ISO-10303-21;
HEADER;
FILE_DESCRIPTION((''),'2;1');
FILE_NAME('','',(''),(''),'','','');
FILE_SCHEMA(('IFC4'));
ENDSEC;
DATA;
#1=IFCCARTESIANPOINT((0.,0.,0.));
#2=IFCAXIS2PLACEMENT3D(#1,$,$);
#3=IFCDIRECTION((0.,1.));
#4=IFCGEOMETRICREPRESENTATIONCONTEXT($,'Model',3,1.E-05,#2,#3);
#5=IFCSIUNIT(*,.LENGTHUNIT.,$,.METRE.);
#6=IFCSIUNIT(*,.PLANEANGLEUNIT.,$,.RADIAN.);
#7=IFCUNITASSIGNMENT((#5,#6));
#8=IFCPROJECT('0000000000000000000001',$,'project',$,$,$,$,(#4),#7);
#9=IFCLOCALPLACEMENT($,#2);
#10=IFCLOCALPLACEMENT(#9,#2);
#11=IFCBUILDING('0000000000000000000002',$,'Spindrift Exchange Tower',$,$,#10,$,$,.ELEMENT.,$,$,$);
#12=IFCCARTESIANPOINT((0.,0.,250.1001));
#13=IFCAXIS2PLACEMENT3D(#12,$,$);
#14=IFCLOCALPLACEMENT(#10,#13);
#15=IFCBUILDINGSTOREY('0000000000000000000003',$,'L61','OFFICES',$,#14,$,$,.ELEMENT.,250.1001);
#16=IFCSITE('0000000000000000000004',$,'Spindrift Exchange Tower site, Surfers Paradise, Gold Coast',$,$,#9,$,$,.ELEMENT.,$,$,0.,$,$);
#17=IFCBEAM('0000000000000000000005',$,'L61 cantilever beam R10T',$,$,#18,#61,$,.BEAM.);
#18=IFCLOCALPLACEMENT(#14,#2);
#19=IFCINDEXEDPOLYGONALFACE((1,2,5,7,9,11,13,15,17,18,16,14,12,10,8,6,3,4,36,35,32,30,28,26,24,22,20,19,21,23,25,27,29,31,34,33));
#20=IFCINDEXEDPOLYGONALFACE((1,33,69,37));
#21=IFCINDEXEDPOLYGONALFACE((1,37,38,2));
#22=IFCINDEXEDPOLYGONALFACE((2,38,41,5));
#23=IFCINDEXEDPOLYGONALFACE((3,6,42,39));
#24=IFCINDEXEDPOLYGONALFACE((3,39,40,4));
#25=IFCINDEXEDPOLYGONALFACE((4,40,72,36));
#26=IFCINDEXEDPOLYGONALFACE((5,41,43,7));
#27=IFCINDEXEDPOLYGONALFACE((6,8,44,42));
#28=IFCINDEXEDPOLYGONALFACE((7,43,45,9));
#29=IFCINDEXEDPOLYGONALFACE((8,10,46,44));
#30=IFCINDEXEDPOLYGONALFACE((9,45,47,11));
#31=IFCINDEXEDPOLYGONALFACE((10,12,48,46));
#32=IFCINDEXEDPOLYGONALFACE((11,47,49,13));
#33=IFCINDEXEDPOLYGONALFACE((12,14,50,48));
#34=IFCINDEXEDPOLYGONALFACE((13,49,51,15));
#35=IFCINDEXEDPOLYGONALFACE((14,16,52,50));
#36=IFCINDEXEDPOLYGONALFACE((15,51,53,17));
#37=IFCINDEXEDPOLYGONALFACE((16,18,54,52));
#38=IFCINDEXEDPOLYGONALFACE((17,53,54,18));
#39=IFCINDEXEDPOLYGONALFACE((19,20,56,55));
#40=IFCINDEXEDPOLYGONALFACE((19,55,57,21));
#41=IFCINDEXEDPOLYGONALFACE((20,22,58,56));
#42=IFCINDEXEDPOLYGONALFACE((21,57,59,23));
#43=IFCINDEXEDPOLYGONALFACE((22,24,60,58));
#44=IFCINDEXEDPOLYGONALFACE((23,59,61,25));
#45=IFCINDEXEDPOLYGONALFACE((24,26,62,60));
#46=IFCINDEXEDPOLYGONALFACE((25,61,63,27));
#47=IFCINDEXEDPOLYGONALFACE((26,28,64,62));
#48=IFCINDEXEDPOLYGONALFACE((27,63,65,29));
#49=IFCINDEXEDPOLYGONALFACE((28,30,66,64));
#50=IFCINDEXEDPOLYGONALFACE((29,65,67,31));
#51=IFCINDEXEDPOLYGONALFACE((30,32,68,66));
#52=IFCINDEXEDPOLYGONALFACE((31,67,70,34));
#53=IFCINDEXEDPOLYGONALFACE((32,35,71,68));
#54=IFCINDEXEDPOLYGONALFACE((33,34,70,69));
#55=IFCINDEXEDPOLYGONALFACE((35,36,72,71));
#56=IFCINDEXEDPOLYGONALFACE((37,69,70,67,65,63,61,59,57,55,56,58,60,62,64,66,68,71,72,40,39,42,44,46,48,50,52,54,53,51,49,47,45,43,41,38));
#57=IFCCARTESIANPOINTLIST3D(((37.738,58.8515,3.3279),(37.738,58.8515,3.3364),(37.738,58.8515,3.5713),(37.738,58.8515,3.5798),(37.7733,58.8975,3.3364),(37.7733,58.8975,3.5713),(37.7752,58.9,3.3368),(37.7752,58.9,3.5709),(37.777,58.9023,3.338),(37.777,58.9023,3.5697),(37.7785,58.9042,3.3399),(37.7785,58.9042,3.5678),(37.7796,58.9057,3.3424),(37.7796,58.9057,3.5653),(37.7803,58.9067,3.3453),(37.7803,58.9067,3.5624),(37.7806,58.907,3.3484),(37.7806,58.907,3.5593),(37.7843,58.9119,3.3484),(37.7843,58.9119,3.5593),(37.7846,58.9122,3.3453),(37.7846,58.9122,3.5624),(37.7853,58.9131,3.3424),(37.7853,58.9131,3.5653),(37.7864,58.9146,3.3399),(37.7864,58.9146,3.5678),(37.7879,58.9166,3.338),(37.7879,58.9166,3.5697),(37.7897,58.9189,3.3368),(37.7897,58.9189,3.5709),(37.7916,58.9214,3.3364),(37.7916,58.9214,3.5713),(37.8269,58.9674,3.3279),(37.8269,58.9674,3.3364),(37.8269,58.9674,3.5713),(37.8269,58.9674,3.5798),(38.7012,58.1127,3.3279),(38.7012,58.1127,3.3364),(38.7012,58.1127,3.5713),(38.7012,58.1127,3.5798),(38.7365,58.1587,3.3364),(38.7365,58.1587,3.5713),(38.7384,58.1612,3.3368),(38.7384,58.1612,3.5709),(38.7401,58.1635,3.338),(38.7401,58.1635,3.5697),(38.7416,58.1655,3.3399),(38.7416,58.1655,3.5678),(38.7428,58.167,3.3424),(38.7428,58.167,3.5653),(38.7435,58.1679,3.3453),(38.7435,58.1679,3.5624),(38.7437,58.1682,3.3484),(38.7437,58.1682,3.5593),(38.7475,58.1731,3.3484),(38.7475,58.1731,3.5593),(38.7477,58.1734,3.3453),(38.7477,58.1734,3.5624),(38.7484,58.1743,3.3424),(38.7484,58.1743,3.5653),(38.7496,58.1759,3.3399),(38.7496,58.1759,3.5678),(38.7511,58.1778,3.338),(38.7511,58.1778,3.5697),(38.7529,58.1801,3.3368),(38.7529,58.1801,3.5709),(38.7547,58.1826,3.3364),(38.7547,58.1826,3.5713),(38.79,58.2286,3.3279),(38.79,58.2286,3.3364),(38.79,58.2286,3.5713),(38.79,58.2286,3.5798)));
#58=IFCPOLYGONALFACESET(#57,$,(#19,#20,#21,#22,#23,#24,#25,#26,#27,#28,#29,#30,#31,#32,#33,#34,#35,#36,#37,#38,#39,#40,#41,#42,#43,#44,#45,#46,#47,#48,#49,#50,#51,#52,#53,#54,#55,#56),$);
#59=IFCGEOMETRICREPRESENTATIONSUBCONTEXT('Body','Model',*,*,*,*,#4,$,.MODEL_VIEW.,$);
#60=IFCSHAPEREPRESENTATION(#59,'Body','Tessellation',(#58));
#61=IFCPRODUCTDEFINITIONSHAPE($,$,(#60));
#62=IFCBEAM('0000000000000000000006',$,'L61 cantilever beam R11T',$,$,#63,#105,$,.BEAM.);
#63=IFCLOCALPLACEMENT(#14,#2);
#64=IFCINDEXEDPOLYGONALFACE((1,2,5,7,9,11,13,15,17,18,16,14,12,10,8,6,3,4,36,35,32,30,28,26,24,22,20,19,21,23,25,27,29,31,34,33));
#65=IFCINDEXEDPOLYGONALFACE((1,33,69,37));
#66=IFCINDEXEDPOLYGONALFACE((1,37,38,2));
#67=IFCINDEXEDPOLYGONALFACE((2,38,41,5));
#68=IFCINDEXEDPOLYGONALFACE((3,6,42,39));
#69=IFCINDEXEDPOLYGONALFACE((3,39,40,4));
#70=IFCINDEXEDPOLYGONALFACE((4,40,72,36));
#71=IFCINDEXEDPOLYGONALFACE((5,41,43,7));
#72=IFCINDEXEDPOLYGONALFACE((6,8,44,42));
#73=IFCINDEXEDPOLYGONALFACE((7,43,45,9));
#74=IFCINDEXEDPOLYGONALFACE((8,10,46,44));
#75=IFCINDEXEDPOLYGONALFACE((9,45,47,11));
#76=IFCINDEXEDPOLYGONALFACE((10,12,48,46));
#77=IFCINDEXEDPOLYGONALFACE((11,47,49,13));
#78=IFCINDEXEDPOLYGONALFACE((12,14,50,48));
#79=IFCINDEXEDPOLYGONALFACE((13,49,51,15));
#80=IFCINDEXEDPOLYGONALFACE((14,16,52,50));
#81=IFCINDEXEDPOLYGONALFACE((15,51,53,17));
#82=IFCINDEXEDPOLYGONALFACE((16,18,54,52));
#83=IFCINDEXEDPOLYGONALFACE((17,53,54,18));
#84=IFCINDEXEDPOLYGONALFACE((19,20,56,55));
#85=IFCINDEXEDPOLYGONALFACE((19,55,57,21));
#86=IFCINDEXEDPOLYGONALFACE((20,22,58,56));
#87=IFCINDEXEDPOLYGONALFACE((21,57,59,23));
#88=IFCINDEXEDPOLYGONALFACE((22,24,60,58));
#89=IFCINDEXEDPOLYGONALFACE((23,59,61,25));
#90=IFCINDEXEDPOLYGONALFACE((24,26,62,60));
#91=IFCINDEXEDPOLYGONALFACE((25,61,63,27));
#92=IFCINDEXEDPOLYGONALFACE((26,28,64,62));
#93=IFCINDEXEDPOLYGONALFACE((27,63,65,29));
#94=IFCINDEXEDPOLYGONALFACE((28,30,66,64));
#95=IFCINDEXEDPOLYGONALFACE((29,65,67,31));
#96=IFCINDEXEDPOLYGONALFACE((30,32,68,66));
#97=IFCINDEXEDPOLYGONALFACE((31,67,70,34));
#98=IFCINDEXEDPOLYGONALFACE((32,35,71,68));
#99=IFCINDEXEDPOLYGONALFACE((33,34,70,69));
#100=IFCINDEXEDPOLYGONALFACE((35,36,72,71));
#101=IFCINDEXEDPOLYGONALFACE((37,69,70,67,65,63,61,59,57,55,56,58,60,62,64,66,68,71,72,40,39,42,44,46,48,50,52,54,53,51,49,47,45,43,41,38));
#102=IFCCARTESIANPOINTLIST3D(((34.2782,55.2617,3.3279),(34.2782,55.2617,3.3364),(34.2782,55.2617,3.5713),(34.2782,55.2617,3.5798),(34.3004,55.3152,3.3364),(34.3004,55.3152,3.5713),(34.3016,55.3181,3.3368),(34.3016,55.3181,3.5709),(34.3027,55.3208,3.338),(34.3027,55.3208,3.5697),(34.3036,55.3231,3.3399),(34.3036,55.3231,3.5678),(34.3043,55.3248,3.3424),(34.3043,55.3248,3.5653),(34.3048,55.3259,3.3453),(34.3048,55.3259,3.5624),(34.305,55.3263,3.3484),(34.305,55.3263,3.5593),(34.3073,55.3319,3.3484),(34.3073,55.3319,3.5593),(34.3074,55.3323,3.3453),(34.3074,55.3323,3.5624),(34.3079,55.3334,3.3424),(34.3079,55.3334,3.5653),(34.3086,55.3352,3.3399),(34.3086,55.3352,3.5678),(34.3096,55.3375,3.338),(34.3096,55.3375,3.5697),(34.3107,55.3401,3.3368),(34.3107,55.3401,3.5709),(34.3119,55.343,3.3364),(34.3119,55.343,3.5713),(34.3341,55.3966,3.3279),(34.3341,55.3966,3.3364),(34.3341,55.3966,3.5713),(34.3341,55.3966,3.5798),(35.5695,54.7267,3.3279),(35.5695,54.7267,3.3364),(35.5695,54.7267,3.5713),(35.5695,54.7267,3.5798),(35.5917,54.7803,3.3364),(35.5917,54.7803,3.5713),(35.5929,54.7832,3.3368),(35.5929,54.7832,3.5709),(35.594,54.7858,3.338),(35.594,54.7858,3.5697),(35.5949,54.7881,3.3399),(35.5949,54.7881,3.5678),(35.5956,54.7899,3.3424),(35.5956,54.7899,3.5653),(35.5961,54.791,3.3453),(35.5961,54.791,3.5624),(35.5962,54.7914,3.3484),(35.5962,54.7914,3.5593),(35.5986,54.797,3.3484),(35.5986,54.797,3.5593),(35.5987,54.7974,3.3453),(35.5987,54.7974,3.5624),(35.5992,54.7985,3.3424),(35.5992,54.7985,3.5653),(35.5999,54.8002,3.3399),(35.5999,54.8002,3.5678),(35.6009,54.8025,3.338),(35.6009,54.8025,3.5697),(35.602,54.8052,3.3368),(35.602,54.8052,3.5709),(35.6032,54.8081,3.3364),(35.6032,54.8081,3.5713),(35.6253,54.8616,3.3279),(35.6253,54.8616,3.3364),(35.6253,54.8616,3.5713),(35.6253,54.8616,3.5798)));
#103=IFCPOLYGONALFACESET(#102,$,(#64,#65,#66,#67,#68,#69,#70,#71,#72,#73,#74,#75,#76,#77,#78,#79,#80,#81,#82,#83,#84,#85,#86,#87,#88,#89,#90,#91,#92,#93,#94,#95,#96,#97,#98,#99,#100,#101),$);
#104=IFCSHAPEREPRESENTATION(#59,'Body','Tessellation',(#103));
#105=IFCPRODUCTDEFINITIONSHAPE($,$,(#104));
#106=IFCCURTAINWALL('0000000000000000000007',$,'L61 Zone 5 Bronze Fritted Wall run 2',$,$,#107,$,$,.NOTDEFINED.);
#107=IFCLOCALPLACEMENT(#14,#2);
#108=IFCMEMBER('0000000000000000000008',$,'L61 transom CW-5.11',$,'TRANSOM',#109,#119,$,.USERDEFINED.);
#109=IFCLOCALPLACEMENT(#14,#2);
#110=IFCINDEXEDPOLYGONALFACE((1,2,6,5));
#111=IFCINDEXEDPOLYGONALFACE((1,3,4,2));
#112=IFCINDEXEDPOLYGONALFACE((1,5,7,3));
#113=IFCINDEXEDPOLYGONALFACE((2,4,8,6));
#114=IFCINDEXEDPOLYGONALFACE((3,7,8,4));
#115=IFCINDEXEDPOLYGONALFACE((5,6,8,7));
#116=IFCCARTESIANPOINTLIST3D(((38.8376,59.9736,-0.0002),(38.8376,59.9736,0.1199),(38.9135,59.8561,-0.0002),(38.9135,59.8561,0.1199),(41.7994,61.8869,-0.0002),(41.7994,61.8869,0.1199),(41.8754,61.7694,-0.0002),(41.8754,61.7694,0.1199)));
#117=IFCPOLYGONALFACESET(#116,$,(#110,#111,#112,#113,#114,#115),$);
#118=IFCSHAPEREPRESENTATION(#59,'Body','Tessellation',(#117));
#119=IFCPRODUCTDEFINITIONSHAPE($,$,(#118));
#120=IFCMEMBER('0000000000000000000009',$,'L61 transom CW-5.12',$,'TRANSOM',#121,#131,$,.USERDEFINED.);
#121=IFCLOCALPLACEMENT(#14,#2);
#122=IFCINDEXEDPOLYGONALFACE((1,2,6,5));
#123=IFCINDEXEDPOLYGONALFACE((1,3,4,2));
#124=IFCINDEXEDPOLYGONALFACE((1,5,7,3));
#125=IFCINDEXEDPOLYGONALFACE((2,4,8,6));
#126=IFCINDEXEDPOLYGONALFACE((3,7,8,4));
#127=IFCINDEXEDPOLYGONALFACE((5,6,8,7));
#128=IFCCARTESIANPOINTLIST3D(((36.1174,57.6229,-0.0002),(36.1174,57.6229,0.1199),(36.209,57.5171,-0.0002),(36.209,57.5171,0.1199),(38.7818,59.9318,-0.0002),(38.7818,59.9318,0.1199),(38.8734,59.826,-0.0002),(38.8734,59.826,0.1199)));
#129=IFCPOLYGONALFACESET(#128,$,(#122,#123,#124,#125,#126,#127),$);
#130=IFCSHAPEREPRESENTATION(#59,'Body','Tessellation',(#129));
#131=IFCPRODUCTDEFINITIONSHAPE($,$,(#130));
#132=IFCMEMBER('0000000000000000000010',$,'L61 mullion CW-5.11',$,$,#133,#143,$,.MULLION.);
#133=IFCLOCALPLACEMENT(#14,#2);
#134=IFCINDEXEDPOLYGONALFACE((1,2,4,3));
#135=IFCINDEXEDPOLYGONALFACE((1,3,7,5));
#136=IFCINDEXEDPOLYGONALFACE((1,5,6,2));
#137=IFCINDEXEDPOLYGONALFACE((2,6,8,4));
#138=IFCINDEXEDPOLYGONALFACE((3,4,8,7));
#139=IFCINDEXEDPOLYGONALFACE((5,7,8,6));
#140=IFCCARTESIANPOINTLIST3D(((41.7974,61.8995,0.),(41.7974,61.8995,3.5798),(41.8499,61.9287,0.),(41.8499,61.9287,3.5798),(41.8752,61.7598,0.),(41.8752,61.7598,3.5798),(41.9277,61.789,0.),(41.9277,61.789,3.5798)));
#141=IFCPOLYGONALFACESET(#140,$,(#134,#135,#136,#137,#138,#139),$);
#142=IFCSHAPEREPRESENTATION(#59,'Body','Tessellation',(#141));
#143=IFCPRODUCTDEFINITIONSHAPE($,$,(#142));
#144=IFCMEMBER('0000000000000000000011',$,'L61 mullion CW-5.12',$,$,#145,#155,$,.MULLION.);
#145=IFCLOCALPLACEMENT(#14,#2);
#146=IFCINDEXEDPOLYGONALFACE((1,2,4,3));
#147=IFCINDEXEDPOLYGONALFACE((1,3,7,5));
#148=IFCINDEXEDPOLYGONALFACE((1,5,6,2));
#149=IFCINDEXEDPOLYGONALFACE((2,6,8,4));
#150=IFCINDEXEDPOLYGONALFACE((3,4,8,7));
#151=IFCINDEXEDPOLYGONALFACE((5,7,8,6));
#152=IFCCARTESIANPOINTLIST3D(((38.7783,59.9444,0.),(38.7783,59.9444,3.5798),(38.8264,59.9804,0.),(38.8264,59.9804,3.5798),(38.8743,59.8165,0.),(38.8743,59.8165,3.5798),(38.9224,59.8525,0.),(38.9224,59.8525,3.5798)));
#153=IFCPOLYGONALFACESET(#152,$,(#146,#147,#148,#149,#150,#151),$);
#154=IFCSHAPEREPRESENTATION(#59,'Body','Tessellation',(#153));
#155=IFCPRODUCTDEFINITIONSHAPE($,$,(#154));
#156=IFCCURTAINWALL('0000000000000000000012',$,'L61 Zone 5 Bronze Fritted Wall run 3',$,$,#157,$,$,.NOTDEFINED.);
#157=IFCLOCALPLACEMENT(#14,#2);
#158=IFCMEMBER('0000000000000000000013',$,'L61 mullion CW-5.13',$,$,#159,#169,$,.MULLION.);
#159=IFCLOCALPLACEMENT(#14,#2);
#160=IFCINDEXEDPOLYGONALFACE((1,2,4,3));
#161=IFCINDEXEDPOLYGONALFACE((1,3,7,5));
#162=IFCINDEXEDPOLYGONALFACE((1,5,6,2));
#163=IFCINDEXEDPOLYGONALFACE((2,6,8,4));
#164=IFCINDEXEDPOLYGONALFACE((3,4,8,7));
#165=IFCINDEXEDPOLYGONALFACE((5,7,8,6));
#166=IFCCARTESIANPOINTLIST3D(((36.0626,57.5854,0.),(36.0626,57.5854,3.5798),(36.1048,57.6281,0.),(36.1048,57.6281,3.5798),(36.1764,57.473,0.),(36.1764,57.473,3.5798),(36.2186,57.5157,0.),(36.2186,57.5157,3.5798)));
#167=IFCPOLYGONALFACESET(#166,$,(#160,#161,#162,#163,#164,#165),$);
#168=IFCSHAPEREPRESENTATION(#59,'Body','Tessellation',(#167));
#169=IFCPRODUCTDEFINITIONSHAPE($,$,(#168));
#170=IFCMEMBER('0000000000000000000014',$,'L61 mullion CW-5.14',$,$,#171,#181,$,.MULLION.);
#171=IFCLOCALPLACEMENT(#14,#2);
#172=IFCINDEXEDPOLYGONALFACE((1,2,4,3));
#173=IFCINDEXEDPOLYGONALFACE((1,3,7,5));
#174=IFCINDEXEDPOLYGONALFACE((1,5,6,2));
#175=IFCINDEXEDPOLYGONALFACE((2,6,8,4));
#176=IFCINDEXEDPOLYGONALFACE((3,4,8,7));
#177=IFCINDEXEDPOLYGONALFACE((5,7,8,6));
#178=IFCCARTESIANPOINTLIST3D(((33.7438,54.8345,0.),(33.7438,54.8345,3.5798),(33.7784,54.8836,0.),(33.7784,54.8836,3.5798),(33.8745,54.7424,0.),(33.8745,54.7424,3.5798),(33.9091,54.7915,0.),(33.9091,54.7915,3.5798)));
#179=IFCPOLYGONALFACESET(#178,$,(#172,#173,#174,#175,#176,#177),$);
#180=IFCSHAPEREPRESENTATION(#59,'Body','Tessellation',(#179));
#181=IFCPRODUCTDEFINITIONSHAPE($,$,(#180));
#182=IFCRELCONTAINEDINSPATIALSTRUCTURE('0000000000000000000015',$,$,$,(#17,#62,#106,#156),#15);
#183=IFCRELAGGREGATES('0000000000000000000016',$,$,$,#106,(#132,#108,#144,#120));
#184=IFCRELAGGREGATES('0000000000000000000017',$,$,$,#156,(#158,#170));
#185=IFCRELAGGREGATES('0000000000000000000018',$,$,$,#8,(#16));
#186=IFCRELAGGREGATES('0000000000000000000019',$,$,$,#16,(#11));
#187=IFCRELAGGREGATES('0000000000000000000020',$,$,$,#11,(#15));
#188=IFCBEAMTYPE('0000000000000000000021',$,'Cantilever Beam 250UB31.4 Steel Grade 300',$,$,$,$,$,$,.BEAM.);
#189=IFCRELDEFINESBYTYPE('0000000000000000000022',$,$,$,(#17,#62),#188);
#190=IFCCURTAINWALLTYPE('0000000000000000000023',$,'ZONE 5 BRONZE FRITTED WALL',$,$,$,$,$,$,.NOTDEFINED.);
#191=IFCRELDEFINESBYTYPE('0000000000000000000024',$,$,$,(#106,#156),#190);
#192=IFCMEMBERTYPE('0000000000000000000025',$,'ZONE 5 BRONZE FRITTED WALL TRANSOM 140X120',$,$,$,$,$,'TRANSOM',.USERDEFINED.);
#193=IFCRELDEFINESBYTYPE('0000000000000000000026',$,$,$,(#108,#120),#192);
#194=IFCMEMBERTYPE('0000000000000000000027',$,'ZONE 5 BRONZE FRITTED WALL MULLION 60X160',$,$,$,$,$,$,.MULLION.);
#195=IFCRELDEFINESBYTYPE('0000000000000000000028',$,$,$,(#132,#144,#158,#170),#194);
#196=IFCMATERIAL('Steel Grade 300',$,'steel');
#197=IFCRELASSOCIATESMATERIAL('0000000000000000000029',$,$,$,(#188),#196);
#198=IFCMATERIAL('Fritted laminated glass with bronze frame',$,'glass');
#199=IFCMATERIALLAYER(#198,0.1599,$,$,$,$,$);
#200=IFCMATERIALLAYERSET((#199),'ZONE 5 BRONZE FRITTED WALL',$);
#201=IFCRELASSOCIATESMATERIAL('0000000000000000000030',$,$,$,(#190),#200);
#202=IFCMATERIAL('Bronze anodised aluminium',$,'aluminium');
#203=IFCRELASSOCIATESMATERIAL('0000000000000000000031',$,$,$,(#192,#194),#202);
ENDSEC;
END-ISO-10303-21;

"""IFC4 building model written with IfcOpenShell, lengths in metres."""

from ifc_helpers import new_model, si_unit, direction, frame, origin, origin_2d, place, context, subcontext, project, spatial, rectangle, i_section, extrude, source, transform, mapped, material, layer, layer_set, material_profile, profile_set, type_object, element, aggregate, save


model = new_model("IFC4")

# Units and contexts
model_context = context("Model", 3, precision=1e-05, world=origin(), true_north=direction((0.0, 1.0)))
body_context = subcontext(model_context, "Body", "Model", "MODEL_VIEW")
ifc_project = project(units=[si_unit("LENGTHUNIT", "METRE"), si_unit("PLANEANGLEUNIT", "RADIAN")], contexts=[model_context])

# Site, building, storey
site_placement = place(None, origin())
site = spatial("IfcSite", under=ifc_project, at=site_placement, Name="Spindrift Exchange Tower site, Surfers Paradise, Gold Coast", CompositionType="ELEMENT", RefElevation=0.0)
building_placement = place(site_placement, origin())
building = spatial("IfcBuilding", under=site, at=building_placement, Name="Spindrift Exchange Tower", CompositionType="ELEMENT")
storey_placement = place(building_placement, frame((0.0, 0.0, 250.1001)))
storey = spatial("IfcBuildingStorey", under=building, at=storey_placement, Name="L61", Description="OFFICES", CompositionType="ELEMENT", Elevation=250.1001)

# Beams
ifc_material_1 = material(Name="Steel Grade 300", Category="steel")
ifc_material_profile_1 = material_profile(ifc_material_1, i_section(OverallWidth=0.146, OverallDepth=0.252, WebThickness=0.0061, FlangeThickness=0.0085, FilletRadius=0.012, at=origin_2d()), Name="250UB31.4")
ifc_profile_set_1 = profile_set([ifc_material_profile_1], Name="Steel Grade 300")
beam_type_1 = type_object("IfcBeamType", Name="Cantilever Beam 250UB31.4 Steel Grade 300", PredefinedType="BEAM", material=ifc_profile_set_1)
shared_shape_1 = source(origin(), body_context, "Body", "SweptSolid", [
    extrude(i_section(OverallWidth=0.146, OverallDepth=0.252, WebThickness=0.0061, FlangeThickness=0.0085, FilletRadius=0.012, at=origin_2d()), origin(), (0.0, 0.0, 1.0), 1.2139),
])
beam_1_placement = place(storey_placement, frame((38.7456, 58.1707, 3.4539), z_axis=(-0.793461, 0.608622, 0.0), x_axis=(-0.608622, -0.793461, 0.0)))
element("IfcBeam", 1, at=beam_1_placement, inside=storey, type_object=beam_type_1, Name="L61 cantilever beam R10T", PredefinedType="BEAM", context=body_context, shape_type="MappedRepresentation", body=[
    mapped(shared_shape_1, transform((0.0, 0.0, 0.0), scale=1.0)),
])
shared_shape_2 = source(origin(), body_context, "Body", "SweptSolid", [
    extrude(i_section(OverallWidth=0.146, OverallDepth=0.252, WebThickness=0.0061, FlangeThickness=0.0085, FilletRadius=0.012, at=origin_2d()), origin(), (0.0, 0.0, 1.0), 1.3977),
])
beam_2_placement = place(storey_placement, frame((35.5974, 54.7942, 3.4539), z_axis=(-0.923866, 0.382717, 0.0), x_axis=(-0.382717, -0.923866, 0.0)))
element("IfcBeam", 2, at=beam_2_placement, inside=storey, type_object=beam_type_1, Name="L61 cantilever beam R11T", PredefinedType="BEAM", context=body_context, shape_type="MappedRepresentation", body=[
    mapped(shared_shape_2, transform((0.0, 0.0, 0.0), scale=1.0)),
])

# Curtain walls, members
ifc_material_2 = material(Name="Fritted laminated glass with bronze frame", Category="glass")
ifc_layer_1 = layer(ifc_material_2, 0.1599)
ifc_layer_set_1 = layer_set([ifc_layer_1], Name="ZONE 5 BRONZE FRITTED WALL")
curtain_wall_type = type_object("IfcCurtainWallType", Name="ZONE 5 BRONZE FRITTED WALL", PredefinedType="NOTDEFINED", material=ifc_layer_set_1)
curtain_wall_1_placement = place(storey_placement, origin())
curtain_wall_1 = element("IfcCurtainWall", 3, at=curtain_wall_1_placement, inside=storey, type_object=curtain_wall_type, Name="L61 Zone 5 Bronze Fritted Wall run 2", PredefinedType="NOTDEFINED")
ifc_material_3 = material(Name="Bronze anodised aluminium", Category="aluminium")
ifc_material_profile_2 = material_profile(ifc_material_3, rectangle(XDim=0.1399, YDim=0.1201, at=origin_2d()), Name="ZONE 5 BRONZE FRITTED WALL TRANSOM 140X120")
ifc_profile_set_2 = profile_set([ifc_material_profile_2], Name="Bronze anodised aluminium")
member_type_1 = type_object("IfcMemberType", Name="ZONE 5 BRONZE FRITTED WALL TRANSOM 140X120", ElementType="TRANSOM", PredefinedType="USERDEFINED", material=ifc_profile_set_2)
shared_shape_3 = source(origin(), body_context, "Body", "SweptSolid", [
    extrude(rectangle(XDim=0.1399, YDim=0.1201, at=origin_2d()), origin(), (0.0, 0.0, 1.0), 3.5261),
])
member_1_placement = place(storey_placement, frame((41.8374, 61.8281, 0.0598), z_axis=(-0.839984, -0.542611, 0.0), x_axis=(0.542611, -0.839984, 0.0)))
member_1 = element("IfcMember", 4, at=member_1_placement, type_object=member_type_1, Name="L61 transom CW-5.11", ObjectType="TRANSOM", PredefinedType="USERDEFINED", context=body_context, shape_type="MappedRepresentation", body=[
    mapped(shared_shape_3, transform((0.0, 0.0, 0.0), scale=1.0)),
])
shared_shape_4 = source(origin(), body_context, "Body", "SweptSolid", [
    extrude(rectangle(XDim=0.1399, YDim=0.1201, at=origin_2d()), origin(), (0.0, 0.0, 1.0), 3.5256),
])
member_2_placement = place(storey_placement, frame((38.8276, 59.8789, 0.0598), z_axis=(-0.755721, -0.654894, 0.0), x_axis=(0.654894, -0.755721, 0.0)))
member_2 = element("IfcMember", 5, at=member_2_placement, type_object=member_type_1, Name="L61 transom CW-5.12", ObjectType="TRANSOM", PredefinedType="USERDEFINED", context=body_context, shape_type="MappedRepresentation", body=[
    mapped(shared_shape_4, transform((0.0, 0.0, 0.0), scale=1.0)),
])
ifc_material_profile_3 = material_profile(ifc_material_3, rectangle(XDim=0.0601, YDim=0.1599, at=origin_2d()), Name="ZONE 5 BRONZE FRITTED WALL MULLION 60X160")
ifc_profile_set_3 = profile_set([ifc_material_profile_3], Name="Bronze anodised aluminium")
member_type_2 = type_object("IfcMemberType", Name="ZONE 5 BRONZE FRITTED WALL MULLION 60X160", PredefinedType="MULLION", material=ifc_profile_set_3)
shared_shape_5 = source(origin(), body_context, "Body", "SweptSolid", [
    extrude(rectangle(XDim=0.0601, YDim=0.1599, at=origin_2d()), origin(), (0.0, 0.0, 1.0), 3.5798),
])
member_3_placement = place(storey_placement, frame((41.8625, 61.8442, 0.0), z_axis=(0.0, 0.0, 1.0), x_axis=(-0.873804, -0.486278, 0.0)))
member_3 = element("IfcMember", 6, at=member_3_placement, type_object=member_type_2, Name="L61 mullion CW-5.11", PredefinedType="MULLION", context=body_context, shape_type="MappedRepresentation", body=[
    mapped(shared_shape_5, transform((0.0, 0.0, 0.0), scale=1.0)),
])
member_4_placement = place(storey_placement, frame((38.8503, 59.8984, 0.0), z_axis=(0.0, 0.0, 1.0), x_axis=(-0.799837, -0.600217, 0.0)))
member_4 = element("IfcMember", 7, at=member_4_placement, type_object=member_type_2, Name="L61 mullion CW-5.12", PredefinedType="MULLION", context=body_context, shape_type="MappedRepresentation", body=[
    mapped(shared_shape_5, transform((0.0, 0.0, 0.0), scale=1.0)),
])
curtain_wall_2_placement = place(storey_placement, origin())
curtain_wall_2 = element("IfcCurtainWall", 8, at=curtain_wall_2_placement, inside=storey, type_object=curtain_wall_type, Name="L61 Zone 5 Bronze Fritted Wall run 3", PredefinedType="NOTDEFINED")
member_5_placement = place(storey_placement, frame((36.1406, 57.5505, 0.0), z_axis=(0.0, 0.0, 1.0), x_axis=(-0.70278, -0.711408, 0.0)))
member_5 = element("IfcMember", 9, at=member_5_placement, type_object=member_type_2, Name="L61 mullion CW-5.13", PredefinedType="MULLION", context=body_context, shape_type="MappedRepresentation", body=[
    mapped(shared_shape_5, transform((0.0, 0.0, 0.0), scale=1.0)),
])
member_6_placement = place(storey_placement, frame((33.8264, 54.813, 0.0), z_axis=(0.0, 0.0, 1.0), x_axis=(-0.576, -0.81745, 0.0)))
member_6 = element("IfcMember", 10, at=member_6_placement, type_object=member_type_2, Name="L61 mullion CW-5.14", PredefinedType="MULLION", context=body_context, shape_type="MappedRepresentation", body=[
    mapped(shared_shape_5, transform((0.0, 0.0, 0.0), scale=1.0)),
])

aggregate(curtain_wall_1, [member_3, member_1, member_4, member_2])
aggregate(curtain_wall_2, [member_5, member_6])

save(model, "model.ifc")
